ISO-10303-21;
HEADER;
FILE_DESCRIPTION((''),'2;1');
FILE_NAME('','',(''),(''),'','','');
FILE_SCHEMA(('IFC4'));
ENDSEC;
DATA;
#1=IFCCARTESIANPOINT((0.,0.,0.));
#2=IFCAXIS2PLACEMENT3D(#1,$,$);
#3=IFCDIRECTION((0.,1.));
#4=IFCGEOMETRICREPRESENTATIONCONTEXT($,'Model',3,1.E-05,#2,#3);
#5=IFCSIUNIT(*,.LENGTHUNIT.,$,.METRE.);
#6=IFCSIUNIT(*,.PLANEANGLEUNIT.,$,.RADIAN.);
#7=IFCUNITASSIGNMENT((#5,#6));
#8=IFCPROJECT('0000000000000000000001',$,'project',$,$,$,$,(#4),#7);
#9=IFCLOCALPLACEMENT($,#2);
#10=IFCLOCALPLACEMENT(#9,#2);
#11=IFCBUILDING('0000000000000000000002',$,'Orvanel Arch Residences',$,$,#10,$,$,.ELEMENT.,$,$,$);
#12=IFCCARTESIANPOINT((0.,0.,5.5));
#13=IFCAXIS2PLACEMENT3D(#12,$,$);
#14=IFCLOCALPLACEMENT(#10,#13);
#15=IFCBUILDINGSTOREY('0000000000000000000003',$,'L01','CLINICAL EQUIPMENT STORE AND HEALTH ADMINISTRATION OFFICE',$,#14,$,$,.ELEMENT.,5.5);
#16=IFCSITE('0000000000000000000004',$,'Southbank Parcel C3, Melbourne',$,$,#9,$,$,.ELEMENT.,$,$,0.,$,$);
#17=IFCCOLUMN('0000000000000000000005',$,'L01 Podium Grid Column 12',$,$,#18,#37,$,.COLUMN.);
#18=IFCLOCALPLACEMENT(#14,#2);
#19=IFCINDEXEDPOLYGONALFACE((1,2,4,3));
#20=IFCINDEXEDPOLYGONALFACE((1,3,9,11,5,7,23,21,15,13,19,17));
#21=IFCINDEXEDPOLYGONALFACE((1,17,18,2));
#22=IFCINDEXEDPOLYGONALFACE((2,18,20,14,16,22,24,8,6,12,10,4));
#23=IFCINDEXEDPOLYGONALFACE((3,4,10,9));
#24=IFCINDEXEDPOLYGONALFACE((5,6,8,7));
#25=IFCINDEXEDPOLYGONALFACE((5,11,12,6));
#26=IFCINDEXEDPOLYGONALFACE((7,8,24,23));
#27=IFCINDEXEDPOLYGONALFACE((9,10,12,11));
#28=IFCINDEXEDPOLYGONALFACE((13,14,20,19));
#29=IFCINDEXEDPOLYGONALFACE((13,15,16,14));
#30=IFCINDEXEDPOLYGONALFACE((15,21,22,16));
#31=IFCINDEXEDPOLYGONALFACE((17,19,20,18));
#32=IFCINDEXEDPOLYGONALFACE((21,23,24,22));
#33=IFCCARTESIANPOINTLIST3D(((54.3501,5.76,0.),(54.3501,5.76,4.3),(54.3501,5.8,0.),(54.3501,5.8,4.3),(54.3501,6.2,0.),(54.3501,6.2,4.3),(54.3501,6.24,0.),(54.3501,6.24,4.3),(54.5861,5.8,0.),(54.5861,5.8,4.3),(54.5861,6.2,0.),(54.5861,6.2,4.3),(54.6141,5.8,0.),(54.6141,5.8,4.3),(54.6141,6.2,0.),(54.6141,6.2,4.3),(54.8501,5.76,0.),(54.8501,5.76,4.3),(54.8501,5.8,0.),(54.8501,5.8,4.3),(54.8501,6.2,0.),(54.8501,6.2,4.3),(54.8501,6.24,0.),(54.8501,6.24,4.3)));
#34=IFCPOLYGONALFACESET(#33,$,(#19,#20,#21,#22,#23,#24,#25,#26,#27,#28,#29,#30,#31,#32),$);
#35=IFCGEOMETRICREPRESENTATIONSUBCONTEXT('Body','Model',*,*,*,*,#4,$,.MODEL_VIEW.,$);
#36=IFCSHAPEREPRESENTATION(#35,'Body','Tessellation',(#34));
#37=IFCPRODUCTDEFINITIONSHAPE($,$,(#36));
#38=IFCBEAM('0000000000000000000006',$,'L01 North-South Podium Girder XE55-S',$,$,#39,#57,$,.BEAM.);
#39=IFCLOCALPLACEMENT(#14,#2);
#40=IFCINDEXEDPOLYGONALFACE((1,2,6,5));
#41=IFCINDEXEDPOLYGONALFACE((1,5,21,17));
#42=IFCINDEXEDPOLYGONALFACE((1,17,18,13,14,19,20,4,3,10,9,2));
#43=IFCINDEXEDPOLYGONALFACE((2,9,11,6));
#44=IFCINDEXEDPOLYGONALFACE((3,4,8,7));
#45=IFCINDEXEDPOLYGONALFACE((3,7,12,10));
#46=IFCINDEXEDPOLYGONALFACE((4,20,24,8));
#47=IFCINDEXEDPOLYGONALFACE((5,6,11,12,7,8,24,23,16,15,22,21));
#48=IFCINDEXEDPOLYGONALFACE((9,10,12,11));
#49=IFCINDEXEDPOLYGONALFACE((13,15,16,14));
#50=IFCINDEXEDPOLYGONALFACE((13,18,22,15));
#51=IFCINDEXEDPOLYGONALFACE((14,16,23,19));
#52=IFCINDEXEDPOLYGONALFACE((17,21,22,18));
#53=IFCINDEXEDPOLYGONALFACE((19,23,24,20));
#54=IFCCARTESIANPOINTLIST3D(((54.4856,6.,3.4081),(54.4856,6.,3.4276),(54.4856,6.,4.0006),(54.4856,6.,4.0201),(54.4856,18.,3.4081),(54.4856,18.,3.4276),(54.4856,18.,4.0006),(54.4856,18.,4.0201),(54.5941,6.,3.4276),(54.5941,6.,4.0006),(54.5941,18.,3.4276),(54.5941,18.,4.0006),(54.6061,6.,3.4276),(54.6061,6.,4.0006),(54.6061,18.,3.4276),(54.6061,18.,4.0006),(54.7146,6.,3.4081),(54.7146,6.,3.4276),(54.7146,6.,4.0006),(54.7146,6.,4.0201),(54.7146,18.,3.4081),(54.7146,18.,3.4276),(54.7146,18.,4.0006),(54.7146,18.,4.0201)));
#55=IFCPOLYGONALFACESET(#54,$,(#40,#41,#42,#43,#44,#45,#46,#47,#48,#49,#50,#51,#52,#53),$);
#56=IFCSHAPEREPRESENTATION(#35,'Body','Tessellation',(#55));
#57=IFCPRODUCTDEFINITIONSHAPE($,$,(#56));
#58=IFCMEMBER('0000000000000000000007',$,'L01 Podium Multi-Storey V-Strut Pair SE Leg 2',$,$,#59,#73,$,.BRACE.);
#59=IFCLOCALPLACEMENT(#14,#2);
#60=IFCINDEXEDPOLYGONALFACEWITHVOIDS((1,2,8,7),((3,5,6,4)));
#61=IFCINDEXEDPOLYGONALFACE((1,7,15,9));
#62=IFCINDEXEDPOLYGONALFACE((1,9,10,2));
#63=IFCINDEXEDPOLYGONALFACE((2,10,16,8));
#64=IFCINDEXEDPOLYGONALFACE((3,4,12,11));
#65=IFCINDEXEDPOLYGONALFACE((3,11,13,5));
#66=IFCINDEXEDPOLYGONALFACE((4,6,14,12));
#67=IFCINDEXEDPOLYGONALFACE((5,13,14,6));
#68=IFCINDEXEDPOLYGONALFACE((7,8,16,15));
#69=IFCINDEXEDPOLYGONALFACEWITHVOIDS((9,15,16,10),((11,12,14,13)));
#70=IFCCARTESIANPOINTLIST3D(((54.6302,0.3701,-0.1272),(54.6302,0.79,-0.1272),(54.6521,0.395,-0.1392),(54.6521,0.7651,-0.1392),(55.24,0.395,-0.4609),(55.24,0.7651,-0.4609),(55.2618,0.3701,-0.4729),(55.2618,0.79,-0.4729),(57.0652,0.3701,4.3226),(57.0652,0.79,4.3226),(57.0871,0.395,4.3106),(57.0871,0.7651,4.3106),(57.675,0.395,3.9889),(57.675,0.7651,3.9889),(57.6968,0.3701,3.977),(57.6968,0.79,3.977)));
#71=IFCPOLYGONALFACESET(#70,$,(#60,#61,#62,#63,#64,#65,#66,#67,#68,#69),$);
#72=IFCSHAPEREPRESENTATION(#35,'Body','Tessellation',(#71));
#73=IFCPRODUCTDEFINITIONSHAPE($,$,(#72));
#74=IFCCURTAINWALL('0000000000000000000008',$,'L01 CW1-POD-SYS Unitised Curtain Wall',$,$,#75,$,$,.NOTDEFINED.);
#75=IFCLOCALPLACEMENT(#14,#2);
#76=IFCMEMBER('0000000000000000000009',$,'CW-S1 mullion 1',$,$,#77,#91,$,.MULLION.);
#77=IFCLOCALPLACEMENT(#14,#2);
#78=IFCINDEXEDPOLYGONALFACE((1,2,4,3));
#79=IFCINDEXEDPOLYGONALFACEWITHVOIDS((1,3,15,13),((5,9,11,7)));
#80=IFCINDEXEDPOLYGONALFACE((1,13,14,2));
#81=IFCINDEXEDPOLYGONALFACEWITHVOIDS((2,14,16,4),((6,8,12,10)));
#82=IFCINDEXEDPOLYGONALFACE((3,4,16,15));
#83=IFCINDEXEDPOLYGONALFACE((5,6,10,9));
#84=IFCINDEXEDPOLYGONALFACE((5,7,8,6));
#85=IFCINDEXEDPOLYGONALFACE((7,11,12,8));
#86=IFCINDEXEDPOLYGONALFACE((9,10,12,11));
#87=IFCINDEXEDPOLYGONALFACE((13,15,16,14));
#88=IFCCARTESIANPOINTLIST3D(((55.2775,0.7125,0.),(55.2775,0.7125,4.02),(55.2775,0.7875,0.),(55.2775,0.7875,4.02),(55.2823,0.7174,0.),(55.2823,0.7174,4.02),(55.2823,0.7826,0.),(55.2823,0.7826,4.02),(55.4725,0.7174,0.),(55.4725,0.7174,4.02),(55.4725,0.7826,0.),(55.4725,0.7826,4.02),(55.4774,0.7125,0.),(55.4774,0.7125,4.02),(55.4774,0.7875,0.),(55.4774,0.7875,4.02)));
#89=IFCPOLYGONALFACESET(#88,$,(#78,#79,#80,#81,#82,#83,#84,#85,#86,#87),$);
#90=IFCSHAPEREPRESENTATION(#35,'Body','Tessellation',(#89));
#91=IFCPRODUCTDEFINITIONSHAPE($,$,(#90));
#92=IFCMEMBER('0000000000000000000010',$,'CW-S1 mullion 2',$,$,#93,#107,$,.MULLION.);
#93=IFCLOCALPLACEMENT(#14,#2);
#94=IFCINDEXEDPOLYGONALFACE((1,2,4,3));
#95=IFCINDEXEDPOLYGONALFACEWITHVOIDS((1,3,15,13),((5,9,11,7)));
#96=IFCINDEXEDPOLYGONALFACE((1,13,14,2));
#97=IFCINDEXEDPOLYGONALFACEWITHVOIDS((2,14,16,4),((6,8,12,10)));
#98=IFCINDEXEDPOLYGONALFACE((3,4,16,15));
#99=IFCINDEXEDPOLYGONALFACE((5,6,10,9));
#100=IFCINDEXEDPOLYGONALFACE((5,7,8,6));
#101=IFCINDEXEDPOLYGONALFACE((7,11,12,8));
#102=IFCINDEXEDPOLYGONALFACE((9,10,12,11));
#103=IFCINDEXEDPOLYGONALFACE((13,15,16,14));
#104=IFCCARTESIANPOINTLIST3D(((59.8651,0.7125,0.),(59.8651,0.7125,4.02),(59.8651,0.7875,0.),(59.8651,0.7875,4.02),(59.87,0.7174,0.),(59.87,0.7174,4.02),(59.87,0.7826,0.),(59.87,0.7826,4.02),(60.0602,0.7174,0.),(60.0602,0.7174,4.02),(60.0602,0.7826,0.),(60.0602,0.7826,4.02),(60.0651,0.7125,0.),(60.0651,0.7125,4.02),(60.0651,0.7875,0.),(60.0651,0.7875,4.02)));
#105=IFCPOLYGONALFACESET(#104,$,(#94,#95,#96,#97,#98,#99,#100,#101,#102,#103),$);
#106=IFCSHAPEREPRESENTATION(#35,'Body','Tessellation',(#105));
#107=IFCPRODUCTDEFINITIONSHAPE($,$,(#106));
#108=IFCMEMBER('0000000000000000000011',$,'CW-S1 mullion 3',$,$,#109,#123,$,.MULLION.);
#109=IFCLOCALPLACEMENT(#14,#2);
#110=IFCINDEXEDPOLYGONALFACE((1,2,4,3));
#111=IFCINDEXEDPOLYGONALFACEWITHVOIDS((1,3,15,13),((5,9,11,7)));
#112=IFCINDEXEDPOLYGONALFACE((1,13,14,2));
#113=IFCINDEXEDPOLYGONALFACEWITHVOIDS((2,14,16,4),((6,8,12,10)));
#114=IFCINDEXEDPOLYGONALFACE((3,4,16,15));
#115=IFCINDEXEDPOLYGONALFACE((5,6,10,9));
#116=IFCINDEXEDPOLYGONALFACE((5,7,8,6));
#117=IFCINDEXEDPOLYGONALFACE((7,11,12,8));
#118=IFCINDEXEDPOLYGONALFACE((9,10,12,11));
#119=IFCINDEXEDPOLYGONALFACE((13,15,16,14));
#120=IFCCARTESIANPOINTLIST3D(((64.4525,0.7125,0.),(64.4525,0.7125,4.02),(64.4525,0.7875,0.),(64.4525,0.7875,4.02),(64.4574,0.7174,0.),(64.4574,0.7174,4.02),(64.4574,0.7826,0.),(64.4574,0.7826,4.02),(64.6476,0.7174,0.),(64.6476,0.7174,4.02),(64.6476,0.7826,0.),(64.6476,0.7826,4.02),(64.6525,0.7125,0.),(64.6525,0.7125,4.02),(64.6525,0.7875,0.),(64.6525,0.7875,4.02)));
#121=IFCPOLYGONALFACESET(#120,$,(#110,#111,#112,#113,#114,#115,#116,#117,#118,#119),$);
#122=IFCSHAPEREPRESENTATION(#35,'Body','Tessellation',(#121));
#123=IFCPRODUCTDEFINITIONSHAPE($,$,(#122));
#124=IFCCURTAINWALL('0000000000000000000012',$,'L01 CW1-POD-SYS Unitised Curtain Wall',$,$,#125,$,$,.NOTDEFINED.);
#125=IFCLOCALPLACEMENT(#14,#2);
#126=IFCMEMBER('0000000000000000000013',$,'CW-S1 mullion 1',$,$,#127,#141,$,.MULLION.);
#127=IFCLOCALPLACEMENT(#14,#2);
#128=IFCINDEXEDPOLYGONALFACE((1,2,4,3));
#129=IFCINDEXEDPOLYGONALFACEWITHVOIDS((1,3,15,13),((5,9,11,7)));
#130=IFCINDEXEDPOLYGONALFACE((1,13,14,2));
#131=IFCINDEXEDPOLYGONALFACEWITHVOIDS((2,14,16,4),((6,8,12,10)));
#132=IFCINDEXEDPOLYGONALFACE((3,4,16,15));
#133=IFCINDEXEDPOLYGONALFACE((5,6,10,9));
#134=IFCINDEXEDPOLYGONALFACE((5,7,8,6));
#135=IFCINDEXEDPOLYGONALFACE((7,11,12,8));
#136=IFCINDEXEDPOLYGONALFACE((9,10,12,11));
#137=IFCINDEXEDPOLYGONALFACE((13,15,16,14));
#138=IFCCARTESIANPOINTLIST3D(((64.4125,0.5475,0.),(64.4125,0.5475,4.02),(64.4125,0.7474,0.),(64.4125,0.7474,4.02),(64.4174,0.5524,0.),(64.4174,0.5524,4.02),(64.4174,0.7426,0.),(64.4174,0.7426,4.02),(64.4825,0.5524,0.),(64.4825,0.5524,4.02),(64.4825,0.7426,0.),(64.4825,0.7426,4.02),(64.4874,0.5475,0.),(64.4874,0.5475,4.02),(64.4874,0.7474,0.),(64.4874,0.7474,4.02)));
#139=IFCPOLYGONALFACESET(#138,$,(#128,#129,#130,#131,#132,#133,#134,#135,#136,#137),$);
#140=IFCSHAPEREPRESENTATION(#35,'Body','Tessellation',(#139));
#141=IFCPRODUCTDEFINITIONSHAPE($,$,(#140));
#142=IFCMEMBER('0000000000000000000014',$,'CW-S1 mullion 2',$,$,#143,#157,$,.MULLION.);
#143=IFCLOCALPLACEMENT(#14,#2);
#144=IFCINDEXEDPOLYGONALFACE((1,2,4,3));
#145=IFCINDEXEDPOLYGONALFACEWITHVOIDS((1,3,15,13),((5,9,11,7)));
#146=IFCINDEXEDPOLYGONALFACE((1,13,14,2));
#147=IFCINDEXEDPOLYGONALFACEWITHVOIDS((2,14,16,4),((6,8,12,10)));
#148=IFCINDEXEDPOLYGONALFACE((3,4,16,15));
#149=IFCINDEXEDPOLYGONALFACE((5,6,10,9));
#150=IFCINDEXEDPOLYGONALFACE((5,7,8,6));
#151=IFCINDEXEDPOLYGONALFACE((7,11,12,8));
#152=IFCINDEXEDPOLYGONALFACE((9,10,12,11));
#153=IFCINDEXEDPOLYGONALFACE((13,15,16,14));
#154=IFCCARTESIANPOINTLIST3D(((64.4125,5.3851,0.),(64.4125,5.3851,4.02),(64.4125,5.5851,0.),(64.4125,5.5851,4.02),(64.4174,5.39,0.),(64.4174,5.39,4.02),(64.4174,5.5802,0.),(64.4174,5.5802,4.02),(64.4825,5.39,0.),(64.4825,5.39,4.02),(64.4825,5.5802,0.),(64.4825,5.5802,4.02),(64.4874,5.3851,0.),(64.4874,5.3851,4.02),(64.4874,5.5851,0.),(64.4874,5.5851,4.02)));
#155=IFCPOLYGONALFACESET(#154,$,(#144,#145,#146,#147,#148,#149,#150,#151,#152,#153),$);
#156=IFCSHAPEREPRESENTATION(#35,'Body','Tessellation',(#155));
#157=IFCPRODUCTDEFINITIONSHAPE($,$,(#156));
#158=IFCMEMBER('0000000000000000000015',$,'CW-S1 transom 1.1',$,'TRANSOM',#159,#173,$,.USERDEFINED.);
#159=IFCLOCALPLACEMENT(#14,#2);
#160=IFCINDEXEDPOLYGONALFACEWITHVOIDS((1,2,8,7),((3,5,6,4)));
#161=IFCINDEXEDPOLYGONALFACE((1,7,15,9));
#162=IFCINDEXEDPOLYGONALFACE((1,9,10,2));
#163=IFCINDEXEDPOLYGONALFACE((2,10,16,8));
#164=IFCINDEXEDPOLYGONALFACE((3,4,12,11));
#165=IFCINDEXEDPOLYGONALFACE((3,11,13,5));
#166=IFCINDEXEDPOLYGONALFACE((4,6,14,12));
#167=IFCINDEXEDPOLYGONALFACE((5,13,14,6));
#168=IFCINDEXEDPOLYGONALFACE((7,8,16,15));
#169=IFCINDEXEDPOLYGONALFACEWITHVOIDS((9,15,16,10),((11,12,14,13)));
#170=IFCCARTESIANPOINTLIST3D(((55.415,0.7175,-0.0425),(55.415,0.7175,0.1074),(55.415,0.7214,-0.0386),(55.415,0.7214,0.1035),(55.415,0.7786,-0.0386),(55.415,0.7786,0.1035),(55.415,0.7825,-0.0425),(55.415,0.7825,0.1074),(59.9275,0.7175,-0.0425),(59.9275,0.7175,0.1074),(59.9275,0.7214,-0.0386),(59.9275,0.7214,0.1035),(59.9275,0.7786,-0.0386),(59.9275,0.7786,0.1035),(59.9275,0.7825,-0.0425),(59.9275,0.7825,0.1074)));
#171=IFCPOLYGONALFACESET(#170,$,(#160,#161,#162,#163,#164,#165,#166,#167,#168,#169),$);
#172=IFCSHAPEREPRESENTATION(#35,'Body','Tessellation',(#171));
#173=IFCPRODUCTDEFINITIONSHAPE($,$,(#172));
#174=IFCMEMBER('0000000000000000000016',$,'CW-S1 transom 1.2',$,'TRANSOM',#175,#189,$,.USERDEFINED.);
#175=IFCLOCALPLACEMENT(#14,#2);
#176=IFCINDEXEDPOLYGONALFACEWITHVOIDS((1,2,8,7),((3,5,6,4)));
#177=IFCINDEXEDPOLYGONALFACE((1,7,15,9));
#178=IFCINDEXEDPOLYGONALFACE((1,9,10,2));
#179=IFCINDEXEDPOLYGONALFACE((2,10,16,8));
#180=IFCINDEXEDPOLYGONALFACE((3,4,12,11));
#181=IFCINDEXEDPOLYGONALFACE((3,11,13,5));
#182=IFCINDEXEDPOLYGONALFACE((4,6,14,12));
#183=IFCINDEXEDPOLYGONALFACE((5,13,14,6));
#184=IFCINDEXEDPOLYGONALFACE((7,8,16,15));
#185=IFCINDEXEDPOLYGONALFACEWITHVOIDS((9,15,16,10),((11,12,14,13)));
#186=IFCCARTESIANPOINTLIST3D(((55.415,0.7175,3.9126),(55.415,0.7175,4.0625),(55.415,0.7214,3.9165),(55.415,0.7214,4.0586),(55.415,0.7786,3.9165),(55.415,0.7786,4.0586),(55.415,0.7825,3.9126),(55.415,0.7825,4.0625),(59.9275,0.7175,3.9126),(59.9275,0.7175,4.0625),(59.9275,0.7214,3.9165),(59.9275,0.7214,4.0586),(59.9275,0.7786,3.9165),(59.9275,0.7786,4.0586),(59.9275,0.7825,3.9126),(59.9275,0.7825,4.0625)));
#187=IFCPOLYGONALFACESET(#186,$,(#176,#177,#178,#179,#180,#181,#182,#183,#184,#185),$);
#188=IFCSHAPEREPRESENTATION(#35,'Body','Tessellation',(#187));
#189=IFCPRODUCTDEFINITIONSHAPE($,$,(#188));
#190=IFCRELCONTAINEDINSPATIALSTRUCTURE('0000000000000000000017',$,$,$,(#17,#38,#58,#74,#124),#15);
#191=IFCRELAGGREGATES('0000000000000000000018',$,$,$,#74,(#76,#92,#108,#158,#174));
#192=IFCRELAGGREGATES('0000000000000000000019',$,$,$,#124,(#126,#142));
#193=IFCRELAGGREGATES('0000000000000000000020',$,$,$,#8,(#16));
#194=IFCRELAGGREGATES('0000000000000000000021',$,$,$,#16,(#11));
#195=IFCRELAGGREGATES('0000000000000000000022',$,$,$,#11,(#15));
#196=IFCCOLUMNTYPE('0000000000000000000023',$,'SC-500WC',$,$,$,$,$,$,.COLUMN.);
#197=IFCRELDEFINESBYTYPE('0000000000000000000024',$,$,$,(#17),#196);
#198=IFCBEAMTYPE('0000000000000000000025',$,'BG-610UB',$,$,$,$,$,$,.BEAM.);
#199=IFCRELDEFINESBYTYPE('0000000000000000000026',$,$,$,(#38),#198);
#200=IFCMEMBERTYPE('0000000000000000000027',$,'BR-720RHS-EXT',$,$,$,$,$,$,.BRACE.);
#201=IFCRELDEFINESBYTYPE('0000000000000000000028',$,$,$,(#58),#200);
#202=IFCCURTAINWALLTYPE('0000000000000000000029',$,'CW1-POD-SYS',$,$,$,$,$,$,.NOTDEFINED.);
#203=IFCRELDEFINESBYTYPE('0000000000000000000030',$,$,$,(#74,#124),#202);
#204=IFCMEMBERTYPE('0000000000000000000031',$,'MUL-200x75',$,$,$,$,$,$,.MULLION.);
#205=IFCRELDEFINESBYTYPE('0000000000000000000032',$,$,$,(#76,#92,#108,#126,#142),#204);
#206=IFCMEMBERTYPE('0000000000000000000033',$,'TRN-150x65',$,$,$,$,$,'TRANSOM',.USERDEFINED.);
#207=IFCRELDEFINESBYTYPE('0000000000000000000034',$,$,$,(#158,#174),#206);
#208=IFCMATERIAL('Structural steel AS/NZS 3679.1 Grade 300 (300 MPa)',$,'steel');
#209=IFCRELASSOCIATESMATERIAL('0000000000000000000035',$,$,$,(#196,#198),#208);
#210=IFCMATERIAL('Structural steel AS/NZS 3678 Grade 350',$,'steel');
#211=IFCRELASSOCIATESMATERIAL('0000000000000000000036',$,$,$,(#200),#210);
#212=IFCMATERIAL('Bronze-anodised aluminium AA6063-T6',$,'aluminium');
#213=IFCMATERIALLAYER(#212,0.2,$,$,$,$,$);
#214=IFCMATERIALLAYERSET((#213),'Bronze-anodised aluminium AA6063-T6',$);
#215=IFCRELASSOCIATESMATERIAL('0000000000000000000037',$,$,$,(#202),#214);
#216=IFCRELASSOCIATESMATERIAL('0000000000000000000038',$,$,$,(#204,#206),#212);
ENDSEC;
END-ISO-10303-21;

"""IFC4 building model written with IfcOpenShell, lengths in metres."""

from ifc_helpers import new_model, si_unit, direction, frame, origin, origin_2d, place, context, subcontext, project, spatial, hollow_rectangle, i_section, extrude, material, layer, layer_set, material_profile, profile_set, type_object, element, aggregate, save


model = new_model("IFC4")

# Units and contexts
model_context = context("Model", 3, precision=1e-05, world=origin(), true_north=direction((0.0, 1.0)))
body_context = subcontext(model_context, "Body", "Model", "MODEL_VIEW")
ifc_project = project(units=[si_unit("LENGTHUNIT", "METRE"), si_unit("PLANEANGLEUNIT", "RADIAN")], contexts=[model_context])

# Site, building, storey
site_placement = place(None, origin())
site = spatial("IfcSite", under=ifc_project, at=site_placement, Name="Southbank Parcel C3, Melbourne", CompositionType="ELEMENT", RefElevation=0.0)
building_placement = place(site_placement, origin())
building = spatial("IfcBuilding", under=site, at=building_placement, Name="Orvanel Arch Residences", CompositionType="ELEMENT")
storey_placement = place(building_placement, frame((0.0, 0.0, 5.5)))
storey = spatial("IfcBuildingStorey", under=building, at=storey_placement, Name="L01", Description="CLINICAL EQUIPMENT STORE AND HEALTH ADMINISTRATION OFFICE", CompositionType="ELEMENT", Elevation=5.5)

# Column
ifc_material_1 = material(Name="Structural steel AS/NZS 3679.1 Grade 300 (300 MPa)", Category="steel")
ifc_material_profile_1 = material_profile(ifc_material_1, i_section(OverallWidth=0.5, OverallDepth=0.48, WebThickness=0.0281, FlangeThickness=0.04, at=origin_2d()), Name="500WC440")
ifc_profile_set_1 = profile_set([ifc_material_profile_1], Name="Structural steel AS/NZS 3679.1 Grade 300 (300 MPa)")
column_type = type_object("IfcColumnType", Name="SC-500WC", PredefinedType="COLUMN", material=ifc_profile_set_1)
column_placement = place(storey_placement, frame((54.6001, 6.0, 0.0), z_axis=(0.0, 0.0, 1.0), x_axis=(1.0, 0.0, 0.0)))
element("IfcColumn", 1, at=column_placement, inside=storey, type_object=column_type, Name="L01 Podium Grid Column 12", PredefinedType="COLUMN", context=body_context, shape_type="SweptSolid", body=[
    extrude(i_section(OverallWidth=0.5, OverallDepth=0.48, WebThickness=0.0281, FlangeThickness=0.04, at=origin_2d()), origin(), (0.0, 0.0, 1.0), 4.3),
])

# Beam
ifc_material_profile_2 = material_profile(ifc_material_1, i_section(OverallWidth=0.229, OverallDepth=0.6121, WebThickness=0.012, FlangeThickness=0.0195, at=origin_2d()), Name="610UB125")
ifc_profile_set_2 = profile_set([ifc_material_profile_2], Name="Structural steel AS/NZS 3679.1 Grade 300 (300 MPa)")
beam_type = type_object("IfcBeamType", Name="BG-610UB", PredefinedType="BEAM", material=ifc_profile_set_2)
beam_placement = place(storey_placement, frame((54.6001, 6.0, 3.7141), z_axis=(0.0, 1.0, 0.0), x_axis=(-1.0, 0.0, 0.0)))
element("IfcBeam", 2, at=beam_placement, inside=storey, type_object=beam_type, Name="L01 North-South Podium Girder XE55-S", PredefinedType="BEAM", context=body_context, shape_type="SweptSolid", body=[
    extrude(i_section(OverallWidth=0.229, OverallDepth=0.6121, WebThickness=0.012, FlangeThickness=0.0195, at=origin_2d()), origin(), (0.0, 0.0, 1.0), 12.0),
])

# Member
ifc_material_2 = material(Name="Structural steel AS/NZS 3678 Grade 350", Category="steel")
ifc_material_profile_3 = material_profile(ifc_material_2, hollow_rectangle(XDim=0.4199, YDim=0.72, WallThickness=0.0249, at=origin_2d()), Name="RHS720x420x25")
ifc_profile_set_3 = profile_set([ifc_material_profile_3], Name="Structural steel AS/NZS 3678 Grade 350")
member_type_1 = type_object("IfcMemberType", Name="BR-720RHS-EXT", PredefinedType="BRACE", material=ifc_profile_set_3)
member_1_placement = place(storey_placement, frame((54.946, 0.5801, -0.3), z_axis=(0.480039, 0.0, 0.877247), x_axis=(0.0, 1.0, 0.0)))
element("IfcMember", 3, at=member_1_placement, inside=storey, type_object=member_type_1, Name="L01 Podium Multi-Storey V-Strut Pair SE Leg 2", PredefinedType="BRACE", context=body_context, shape_type="SweptSolid", body=[
    extrude(hollow_rectangle(XDim=0.4199, YDim=0.72, WallThickness=0.0249, at=origin_2d()), origin(), (0.0, 0.0, 1.0), 5.0725),
])

# Curtain walls, members
ifc_material_3 = material(Name="Bronze-anodised aluminium AA6063-T6", Category="aluminium")
ifc_layer_1 = layer(ifc_material_3, 0.2)
ifc_layer_set_1 = layer_set([ifc_layer_1], Name="Bronze-anodised aluminium AA6063-T6")
curtain_wall_type = type_object("IfcCurtainWallType", Name="CW1-POD-SYS", PredefinedType="NOTDEFINED", material=ifc_layer_set_1)
curtain_wall_1_placement = place(storey_placement, origin())
curtain_wall_1 = element("IfcCurtainWall", 4, at=curtain_wall_1_placement, inside=storey, type_object=curtain_wall_type, Name="L01 CW1-POD-SYS Unitised Curtain Wall", PredefinedType="NOTDEFINED")
ifc_material_profile_4 = material_profile(ifc_material_3, hollow_rectangle(XDim=0.075, YDim=0.2, WallThickness=0.0049, at=origin_2d()), Name="ALU200x75x5")
ifc_profile_set_4 = profile_set([ifc_material_profile_4], Name="Bronze-anodised aluminium AA6063-T6")
member_type_2 = type_object("IfcMemberType", Name="MUL-200x75", PredefinedType="MULLION", material=ifc_profile_set_4)
member_2_placement = place(storey_placement, frame((55.3774, 0.75, 0.0), z_axis=(0.0, 0.0, 1.0), x_axis=(0.0, 1.0, 0.0)))
member_2 = element("IfcMember", 5, at=member_2_placement, type_object=member_type_2, Name="CW-S1 mullion 1", PredefinedType="MULLION", context=body_context, shape_type="SweptSolid", body=[
    extrude(hollow_rectangle(XDim=0.075, YDim=0.2, WallThickness=0.0049, at=origin_2d()), origin(), (0.0, 0.0, 1.0), 4.02),
])
member_3_placement = place(storey_placement, frame((59.9651, 0.75, 0.0), z_axis=(0.0, 0.0, 1.0), x_axis=(0.0, 1.0, 0.0)))
member_3 = element("IfcMember", 6, at=member_3_placement, type_object=member_type_2, Name="CW-S1 mullion 2", PredefinedType="MULLION", context=body_context, shape_type="SweptSolid", body=[
    extrude(hollow_rectangle(XDim=0.075, YDim=0.2, WallThickness=0.0049, at=origin_2d()), origin(), (0.0, 0.0, 1.0), 4.02),
])
member_4_placement = place(storey_placement, frame((64.5525, 0.75, 0.0), z_axis=(0.0, 0.0, 1.0), x_axis=(0.0, 1.0, 0.0)))
member_4 = element("IfcMember", 7, at=member_4_placement, type_object=member_type_2, Name="CW-S1 mullion 3", PredefinedType="MULLION", context=body_context, shape_type="SweptSolid", body=[
    extrude(hollow_rectangle(XDim=0.075, YDim=0.2, WallThickness=0.0049, at=origin_2d()), origin(), (0.0, 0.0, 1.0), 4.02),
])
curtain_wall_2_placement = place(storey_placement, origin())
curtain_wall_2 = element("IfcCurtainWall", 8, at=curtain_wall_2_placement, inside=storey, type_object=curtain_wall_type, Name="L01 CW1-POD-SYS Unitised Curtain Wall", PredefinedType="NOTDEFINED")
member_5_placement = place(storey_placement, frame((64.45, 0.6475, 0.0), z_axis=(0.0, 0.0, 1.0), x_axis=(-1.0, 0.0, 0.0)))
member_5 = element("IfcMember", 9, at=member_5_placement, type_object=member_type_2, Name="CW-S1 mullion 1", PredefinedType="MULLION", context=body_context, shape_type="SweptSolid", body=[
    extrude(hollow_rectangle(XDim=0.075, YDim=0.2, WallThickness=0.0049, at=origin_2d()), origin(), (0.0, 0.0, 1.0), 4.02),
])
member_6_placement = place(storey_placement, frame((64.45, 5.4851, 0.0), z_axis=(0.0, 0.0, 1.0), x_axis=(-1.0, 0.0, 0.0)))
member_6 = element("IfcMember", 10, at=member_6_placement, type_object=member_type_2, Name="CW-S1 mullion 2", PredefinedType="MULLION", context=body_context, shape_type="SweptSolid", body=[
    extrude(hollow_rectangle(XDim=0.075, YDim=0.2, WallThickness=0.0049, at=origin_2d()), origin(), (0.0, 0.0, 1.0), 4.02),
])

# Members
ifc_material_profile_5 = material_profile(ifc_material_3, hollow_rectangle(XDim=0.0649, YDim=0.1499, WallThickness=0.0039, at=origin_2d()), Name="ALU150x65x4")
ifc_profile_set_5 = profile_set([ifc_material_profile_5], Name="Bronze-anodised aluminium AA6063-T6")
member_type_3 = type_object("IfcMemberType", Name="TRN-150x65", ElementType="TRANSOM", PredefinedType="USERDEFINED", material=ifc_profile_set_5)
member_7_placement = place(storey_placement, frame((55.415, 0.75, 0.0325), z_axis=(1.0, 0.0, 0.0), x_axis=(0.0, 1.0, 0.0)))
member_7 = element("IfcMember", 11, at=member_7_placement, type_object=member_type_3, Name="CW-S1 transom 1.1", ObjectType="TRANSOM", PredefinedType="USERDEFINED", context=body_context, shape_type="SweptSolid", body=[
    extrude(hollow_rectangle(XDim=0.0649, YDim=0.1499, WallThickness=0.0039, at=origin_2d()), origin(), (0.0, 0.0, 1.0), 4.5125),
])
member_8_placement = place(storey_placement, frame((55.415, 0.75, 3.9875), z_axis=(1.0, 0.0, 0.0), x_axis=(0.0, 1.0, 0.0)))
member_8 = element("IfcMember", 12, at=member_8_placement, type_object=member_type_3, Name="CW-S1 transom 1.2", ObjectType="TRANSOM", PredefinedType="USERDEFINED", context=body_context, shape_type="SweptSolid", body=[
    extrude(hollow_rectangle(XDim=0.0649, YDim=0.1499, WallThickness=0.0039, at=origin_2d()), origin(), (0.0, 0.0, 1.0), 4.5125),
])

aggregate(curtain_wall_1, [member_2, member_3, member_4, member_7, member_8])
aggregate(curtain_wall_2, [member_5, member_6])

save(model, "model.ifc")
